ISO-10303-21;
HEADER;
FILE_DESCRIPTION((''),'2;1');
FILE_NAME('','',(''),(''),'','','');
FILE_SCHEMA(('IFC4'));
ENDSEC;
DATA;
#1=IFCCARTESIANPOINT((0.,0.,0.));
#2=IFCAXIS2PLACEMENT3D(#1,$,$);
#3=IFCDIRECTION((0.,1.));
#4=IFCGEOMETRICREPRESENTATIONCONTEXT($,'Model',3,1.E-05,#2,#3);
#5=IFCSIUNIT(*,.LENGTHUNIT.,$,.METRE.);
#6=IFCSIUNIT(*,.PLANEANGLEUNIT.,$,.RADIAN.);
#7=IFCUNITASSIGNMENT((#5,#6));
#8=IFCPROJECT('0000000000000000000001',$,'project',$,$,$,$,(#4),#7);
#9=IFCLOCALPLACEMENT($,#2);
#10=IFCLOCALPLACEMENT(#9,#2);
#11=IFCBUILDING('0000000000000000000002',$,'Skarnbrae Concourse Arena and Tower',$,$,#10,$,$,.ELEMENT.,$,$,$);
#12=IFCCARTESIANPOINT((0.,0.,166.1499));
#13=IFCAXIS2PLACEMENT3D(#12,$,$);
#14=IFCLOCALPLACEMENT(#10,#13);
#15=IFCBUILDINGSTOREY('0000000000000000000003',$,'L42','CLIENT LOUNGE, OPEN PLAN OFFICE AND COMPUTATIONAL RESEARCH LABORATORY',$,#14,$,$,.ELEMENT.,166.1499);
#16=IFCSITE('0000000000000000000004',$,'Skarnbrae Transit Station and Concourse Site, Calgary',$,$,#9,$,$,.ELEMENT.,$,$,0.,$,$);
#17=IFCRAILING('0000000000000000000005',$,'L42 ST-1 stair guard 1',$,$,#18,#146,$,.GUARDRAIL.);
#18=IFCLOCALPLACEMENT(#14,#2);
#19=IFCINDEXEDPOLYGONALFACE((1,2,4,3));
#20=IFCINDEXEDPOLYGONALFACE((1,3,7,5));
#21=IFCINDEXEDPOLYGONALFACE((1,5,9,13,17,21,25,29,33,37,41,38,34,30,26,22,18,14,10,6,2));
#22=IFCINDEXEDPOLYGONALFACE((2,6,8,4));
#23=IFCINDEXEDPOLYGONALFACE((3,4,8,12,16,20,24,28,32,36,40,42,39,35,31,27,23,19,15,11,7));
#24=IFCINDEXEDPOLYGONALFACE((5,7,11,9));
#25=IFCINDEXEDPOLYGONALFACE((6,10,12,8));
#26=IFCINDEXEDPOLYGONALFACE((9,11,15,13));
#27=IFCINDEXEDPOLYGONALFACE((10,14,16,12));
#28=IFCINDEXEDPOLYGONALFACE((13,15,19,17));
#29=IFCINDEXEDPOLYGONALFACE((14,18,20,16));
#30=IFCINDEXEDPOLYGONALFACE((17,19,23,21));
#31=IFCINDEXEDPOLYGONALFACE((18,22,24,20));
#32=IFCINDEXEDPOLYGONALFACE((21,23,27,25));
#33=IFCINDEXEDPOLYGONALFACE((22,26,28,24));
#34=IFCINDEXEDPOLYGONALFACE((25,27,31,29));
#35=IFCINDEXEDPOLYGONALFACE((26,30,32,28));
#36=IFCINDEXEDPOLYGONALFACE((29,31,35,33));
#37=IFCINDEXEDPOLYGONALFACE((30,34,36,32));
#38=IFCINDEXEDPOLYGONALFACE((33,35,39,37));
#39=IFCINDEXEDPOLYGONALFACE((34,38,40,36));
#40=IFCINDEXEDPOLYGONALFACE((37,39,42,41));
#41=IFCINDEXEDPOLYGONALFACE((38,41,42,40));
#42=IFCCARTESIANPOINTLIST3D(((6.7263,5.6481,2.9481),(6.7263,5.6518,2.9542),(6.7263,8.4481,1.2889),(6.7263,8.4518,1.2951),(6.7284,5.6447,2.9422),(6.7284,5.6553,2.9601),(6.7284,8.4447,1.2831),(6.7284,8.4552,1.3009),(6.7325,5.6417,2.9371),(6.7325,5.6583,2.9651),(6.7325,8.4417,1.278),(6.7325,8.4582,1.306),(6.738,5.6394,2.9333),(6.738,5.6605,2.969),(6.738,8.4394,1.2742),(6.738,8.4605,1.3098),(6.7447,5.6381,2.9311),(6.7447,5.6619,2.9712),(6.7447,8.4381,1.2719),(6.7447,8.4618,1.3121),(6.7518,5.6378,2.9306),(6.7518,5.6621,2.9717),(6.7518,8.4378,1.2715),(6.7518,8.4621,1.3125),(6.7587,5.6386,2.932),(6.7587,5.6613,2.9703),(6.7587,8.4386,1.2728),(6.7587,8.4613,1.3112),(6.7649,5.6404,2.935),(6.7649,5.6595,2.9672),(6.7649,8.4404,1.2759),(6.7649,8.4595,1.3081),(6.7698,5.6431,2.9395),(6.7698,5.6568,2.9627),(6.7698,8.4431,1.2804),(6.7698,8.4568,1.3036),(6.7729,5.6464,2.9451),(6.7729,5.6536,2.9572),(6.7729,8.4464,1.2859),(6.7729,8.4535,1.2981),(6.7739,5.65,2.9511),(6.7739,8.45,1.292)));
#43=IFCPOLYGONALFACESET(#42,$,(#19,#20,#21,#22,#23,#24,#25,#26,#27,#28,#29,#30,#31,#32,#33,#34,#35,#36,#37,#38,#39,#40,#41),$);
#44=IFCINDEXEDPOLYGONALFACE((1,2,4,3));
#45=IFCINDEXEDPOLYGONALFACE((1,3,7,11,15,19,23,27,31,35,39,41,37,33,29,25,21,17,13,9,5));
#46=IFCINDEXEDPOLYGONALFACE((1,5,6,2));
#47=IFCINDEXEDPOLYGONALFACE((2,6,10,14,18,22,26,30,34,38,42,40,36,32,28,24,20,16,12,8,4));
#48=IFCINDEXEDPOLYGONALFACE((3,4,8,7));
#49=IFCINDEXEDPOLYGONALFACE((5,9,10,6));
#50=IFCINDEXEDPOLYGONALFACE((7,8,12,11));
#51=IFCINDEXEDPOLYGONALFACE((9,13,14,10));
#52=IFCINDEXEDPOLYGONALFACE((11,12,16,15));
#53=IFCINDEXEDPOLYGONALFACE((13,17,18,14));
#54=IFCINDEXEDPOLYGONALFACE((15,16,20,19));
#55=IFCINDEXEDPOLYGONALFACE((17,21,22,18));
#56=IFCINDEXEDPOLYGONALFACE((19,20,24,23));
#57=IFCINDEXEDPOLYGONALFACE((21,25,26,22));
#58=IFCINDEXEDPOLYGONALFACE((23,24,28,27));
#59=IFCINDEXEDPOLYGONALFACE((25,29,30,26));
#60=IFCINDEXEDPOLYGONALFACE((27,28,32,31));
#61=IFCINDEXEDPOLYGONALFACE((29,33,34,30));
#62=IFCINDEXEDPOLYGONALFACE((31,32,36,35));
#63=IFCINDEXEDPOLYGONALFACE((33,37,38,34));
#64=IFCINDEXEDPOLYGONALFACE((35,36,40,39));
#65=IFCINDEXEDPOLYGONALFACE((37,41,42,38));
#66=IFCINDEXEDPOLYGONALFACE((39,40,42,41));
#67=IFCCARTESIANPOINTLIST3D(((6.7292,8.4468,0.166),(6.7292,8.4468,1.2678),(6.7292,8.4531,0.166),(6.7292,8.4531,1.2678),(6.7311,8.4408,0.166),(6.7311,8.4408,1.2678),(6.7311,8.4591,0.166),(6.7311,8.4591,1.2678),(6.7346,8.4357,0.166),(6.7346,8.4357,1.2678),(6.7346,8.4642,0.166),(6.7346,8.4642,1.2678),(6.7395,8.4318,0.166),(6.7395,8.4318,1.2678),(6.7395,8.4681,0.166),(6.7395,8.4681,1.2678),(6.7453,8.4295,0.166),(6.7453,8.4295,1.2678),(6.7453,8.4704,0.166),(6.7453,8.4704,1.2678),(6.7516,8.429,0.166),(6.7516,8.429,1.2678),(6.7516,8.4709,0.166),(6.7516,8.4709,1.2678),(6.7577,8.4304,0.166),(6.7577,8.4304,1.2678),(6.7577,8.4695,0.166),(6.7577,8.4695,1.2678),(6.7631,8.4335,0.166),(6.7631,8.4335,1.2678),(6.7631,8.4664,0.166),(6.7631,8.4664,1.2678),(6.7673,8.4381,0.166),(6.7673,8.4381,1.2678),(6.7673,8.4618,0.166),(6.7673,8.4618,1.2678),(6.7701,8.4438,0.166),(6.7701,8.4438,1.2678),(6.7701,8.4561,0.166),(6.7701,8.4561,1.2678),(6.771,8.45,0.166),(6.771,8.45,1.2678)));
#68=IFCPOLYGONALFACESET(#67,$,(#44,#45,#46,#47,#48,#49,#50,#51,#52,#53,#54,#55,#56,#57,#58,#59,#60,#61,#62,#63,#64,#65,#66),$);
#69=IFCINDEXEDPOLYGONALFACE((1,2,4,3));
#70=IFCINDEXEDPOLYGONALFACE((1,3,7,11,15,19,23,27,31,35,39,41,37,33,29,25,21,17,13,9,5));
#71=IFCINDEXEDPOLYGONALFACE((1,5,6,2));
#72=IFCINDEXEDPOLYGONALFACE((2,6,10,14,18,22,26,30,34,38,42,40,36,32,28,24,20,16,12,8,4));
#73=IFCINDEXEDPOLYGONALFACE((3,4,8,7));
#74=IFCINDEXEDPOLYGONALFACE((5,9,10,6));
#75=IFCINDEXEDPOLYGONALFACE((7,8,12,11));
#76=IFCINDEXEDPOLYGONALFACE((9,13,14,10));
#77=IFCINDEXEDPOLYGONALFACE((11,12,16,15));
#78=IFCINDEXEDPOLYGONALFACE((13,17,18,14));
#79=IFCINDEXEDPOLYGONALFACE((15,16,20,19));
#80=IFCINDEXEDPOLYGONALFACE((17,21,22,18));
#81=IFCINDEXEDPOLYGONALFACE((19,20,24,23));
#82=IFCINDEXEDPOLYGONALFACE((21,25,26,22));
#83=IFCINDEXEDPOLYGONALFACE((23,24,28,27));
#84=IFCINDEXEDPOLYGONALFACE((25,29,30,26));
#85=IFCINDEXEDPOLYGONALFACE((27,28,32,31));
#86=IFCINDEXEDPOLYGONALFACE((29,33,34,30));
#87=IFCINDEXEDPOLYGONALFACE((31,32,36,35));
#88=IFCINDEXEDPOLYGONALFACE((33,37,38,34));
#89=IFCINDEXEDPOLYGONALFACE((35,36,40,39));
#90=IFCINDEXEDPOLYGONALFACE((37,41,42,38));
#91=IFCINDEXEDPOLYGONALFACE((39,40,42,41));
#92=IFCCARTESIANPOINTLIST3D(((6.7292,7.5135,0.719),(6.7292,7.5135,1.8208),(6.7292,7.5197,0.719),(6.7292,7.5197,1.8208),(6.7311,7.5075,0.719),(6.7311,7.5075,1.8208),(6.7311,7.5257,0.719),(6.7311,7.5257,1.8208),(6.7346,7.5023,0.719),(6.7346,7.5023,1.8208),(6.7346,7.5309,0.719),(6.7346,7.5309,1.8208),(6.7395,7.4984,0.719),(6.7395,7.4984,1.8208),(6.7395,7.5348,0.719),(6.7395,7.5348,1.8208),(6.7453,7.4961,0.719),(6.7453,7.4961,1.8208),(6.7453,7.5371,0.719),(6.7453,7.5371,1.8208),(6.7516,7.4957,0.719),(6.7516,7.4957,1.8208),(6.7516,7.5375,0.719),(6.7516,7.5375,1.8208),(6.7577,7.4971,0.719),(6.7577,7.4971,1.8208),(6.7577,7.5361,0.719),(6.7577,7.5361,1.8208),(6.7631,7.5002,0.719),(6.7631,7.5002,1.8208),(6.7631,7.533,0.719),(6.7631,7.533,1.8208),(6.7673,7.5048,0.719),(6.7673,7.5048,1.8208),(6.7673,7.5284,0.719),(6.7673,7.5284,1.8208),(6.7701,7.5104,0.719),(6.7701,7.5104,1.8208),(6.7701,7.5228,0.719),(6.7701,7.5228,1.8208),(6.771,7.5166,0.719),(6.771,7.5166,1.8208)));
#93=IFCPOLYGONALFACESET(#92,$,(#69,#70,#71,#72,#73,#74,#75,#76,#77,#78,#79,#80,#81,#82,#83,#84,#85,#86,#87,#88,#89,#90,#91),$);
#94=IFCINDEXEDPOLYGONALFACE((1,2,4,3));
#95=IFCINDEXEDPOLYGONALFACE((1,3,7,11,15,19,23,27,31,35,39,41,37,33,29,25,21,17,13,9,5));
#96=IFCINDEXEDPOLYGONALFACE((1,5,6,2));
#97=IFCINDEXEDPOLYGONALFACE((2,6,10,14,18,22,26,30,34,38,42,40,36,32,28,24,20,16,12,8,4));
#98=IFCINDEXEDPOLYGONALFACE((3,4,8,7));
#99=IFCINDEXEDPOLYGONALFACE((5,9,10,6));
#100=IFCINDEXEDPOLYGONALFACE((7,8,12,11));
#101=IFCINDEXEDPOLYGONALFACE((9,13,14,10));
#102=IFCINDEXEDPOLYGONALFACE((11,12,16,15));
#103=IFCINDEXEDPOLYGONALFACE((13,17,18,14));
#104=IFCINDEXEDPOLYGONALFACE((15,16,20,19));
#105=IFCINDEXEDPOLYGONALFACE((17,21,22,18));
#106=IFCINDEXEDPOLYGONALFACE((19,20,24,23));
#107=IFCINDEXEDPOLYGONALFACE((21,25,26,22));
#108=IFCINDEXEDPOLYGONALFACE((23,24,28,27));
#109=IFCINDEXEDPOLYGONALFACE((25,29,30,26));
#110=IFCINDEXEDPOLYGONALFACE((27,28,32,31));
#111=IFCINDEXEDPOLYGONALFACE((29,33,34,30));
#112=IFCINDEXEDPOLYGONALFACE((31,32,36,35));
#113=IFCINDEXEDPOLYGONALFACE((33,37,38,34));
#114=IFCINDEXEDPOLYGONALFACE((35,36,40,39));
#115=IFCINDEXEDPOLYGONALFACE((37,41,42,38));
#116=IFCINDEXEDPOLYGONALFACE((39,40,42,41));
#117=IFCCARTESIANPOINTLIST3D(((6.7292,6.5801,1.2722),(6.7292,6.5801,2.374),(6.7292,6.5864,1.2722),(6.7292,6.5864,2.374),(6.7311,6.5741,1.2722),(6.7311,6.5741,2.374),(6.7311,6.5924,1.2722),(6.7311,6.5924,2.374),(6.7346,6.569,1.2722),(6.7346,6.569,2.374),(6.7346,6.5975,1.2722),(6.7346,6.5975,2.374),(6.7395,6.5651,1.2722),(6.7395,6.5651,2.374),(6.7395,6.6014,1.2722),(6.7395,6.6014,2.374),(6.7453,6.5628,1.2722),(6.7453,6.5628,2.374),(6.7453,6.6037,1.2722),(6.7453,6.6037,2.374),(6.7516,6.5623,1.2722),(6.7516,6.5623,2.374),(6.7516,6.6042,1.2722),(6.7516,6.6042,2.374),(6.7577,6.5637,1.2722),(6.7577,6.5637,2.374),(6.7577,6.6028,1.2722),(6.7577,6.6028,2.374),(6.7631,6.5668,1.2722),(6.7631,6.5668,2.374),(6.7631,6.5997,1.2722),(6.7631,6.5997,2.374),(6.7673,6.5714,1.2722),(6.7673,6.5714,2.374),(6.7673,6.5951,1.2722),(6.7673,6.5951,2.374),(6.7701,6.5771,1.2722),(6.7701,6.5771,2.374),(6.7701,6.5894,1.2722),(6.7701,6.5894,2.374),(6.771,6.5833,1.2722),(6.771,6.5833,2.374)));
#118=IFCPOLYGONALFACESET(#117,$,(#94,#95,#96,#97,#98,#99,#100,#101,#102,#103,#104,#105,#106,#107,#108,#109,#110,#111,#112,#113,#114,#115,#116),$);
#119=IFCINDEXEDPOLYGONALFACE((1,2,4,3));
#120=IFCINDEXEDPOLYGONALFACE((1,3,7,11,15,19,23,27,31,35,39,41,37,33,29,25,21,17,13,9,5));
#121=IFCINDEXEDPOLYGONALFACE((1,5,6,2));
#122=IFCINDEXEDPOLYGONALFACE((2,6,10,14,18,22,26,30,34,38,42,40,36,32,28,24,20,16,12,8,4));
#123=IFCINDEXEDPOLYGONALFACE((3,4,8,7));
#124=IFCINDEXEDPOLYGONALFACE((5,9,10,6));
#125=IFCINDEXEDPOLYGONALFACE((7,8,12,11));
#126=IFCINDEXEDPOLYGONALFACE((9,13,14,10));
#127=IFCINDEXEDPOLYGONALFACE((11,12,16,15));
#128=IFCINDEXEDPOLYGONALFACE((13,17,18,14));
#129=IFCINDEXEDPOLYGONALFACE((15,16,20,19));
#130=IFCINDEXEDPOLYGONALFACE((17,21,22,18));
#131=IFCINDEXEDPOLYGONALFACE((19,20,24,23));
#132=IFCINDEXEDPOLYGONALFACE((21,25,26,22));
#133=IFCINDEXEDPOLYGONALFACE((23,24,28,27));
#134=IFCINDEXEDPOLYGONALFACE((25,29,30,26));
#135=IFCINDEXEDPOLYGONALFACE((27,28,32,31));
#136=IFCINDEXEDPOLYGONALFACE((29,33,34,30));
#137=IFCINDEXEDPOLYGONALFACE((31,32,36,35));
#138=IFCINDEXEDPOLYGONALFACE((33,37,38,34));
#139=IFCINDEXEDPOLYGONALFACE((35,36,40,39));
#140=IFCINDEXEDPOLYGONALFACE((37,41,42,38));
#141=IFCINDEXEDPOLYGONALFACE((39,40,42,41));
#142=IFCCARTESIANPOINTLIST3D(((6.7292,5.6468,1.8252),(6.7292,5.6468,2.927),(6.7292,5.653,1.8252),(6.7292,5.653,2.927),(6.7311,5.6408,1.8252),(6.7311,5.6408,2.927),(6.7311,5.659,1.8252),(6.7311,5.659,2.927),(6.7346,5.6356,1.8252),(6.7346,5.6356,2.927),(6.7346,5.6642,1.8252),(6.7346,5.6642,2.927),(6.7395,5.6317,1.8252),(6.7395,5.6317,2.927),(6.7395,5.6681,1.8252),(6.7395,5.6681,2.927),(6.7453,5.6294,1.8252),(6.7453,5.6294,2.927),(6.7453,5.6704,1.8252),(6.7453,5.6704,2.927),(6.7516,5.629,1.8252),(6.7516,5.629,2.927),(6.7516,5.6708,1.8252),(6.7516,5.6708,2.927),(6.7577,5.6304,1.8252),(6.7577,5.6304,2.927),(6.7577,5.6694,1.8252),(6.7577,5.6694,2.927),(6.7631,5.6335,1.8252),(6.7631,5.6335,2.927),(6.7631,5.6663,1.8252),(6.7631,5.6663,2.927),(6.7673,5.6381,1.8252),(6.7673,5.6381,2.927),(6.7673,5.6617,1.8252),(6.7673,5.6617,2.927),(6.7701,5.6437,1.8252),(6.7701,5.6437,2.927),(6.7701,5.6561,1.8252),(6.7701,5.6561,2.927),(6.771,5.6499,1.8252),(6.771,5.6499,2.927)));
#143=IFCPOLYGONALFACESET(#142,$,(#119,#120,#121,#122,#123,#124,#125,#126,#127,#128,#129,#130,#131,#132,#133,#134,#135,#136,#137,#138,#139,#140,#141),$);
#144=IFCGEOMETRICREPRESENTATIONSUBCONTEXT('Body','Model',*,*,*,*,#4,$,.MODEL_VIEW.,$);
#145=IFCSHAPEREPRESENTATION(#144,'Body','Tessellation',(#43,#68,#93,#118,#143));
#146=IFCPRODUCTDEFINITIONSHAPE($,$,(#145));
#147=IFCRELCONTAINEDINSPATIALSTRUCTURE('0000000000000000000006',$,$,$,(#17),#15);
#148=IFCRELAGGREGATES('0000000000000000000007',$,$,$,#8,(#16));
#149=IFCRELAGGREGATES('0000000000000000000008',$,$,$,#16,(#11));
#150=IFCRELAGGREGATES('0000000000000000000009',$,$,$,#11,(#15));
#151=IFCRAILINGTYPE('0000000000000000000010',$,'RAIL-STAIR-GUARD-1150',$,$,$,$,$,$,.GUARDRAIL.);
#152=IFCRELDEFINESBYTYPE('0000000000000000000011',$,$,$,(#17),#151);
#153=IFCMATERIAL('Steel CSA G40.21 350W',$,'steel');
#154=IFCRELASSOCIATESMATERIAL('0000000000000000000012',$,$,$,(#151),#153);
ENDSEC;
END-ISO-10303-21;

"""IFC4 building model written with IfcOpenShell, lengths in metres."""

from ifc_helpers import new_model, si_unit, direction, frame, origin, origin_2d, place, context, subcontext, project, spatial, circle, extrude, material, type_object, element, save


model = new_model("IFC4")

# Units and contexts
model_context = context("Model", 3, precision=1e-05, world=origin(), true_north=direction((0.0, 1.0)))
body_context = subcontext(model_context, "Body", "Model", "MODEL_VIEW")
ifc_project = project(units=[si_unit("LENGTHUNIT", "METRE"), si_unit("PLANEANGLEUNIT", "RADIAN")], contexts=[model_context])

# Site, building, storey
site_placement = place(None, origin())
site = spatial("IfcSite", under=ifc_project, at=site_placement, Name="Skarnbrae Transit Station and Concourse Site, Calgary", CompositionType="ELEMENT", RefElevation=0.0)
building_placement = place(site_placement, origin())
building = spatial("IfcBuilding", under=site, at=building_placement, Name="Skarnbrae Concourse Arena and Tower", CompositionType="ELEMENT")
storey_placement = place(building_placement, frame((0.0, 0.0, 166.1499)))
storey = spatial("IfcBuildingStorey", under=building, at=storey_placement, Name="L42", Description="CLIENT LOUNGE, OPEN PLAN OFFICE AND COMPUTATIONAL RESEARCH LABORATORY", CompositionType="ELEMENT", Elevation=166.1499)

# Railing
ifc_material_1 = material(Name="Steel CSA G40.21 350W", Category="steel")
railing_type_1 = type_object("IfcRailingType", Name="RAIL-STAIR-GUARD-1150", PredefinedType="GUARDRAIL", material=ifc_material_1)
railing_1_placement = place(storey_placement, frame((6.75, 8.45, 0.166)))
element("IfcRailing", 1, at=railing_1_placement, inside=storey, type_object=railing_type_1, Name="L42 ST-1 stair guard 1", PredefinedType="GUARDRAIL", context=body_context, shape_type="SweptSolid", body=[
    extrude(circle(Radius=0.0239, at=origin_2d()), frame((0.0, 0.0, 1.126), z_axis=(0.0, -0.860306, 0.509778), x_axis=(1.0, 0.0, 0.0)), (0.0, 0.0, 1.0), 3.2546),
    extrude(circle(Radius=0.021, at=origin_2d()), origin(), (0.0, 0.0, 1.0), 1.1018),
    extrude(circle(Radius=0.021, at=origin_2d()), frame((0.0, -0.9333, 0.553)), (0.0, 0.0, 1.0), 1.1018),
    extrude(circle(Radius=0.021, at=origin_2d()), frame((0.0, -1.8667, 1.1062)), (0.0, 0.0, 1.0), 1.1018),
    extrude(circle(Radius=0.021, at=origin_2d()), frame((0.0, -2.8, 1.6592)), (0.0, 0.0, 1.0), 1.1018),
])

save(model, "model.ifc")
